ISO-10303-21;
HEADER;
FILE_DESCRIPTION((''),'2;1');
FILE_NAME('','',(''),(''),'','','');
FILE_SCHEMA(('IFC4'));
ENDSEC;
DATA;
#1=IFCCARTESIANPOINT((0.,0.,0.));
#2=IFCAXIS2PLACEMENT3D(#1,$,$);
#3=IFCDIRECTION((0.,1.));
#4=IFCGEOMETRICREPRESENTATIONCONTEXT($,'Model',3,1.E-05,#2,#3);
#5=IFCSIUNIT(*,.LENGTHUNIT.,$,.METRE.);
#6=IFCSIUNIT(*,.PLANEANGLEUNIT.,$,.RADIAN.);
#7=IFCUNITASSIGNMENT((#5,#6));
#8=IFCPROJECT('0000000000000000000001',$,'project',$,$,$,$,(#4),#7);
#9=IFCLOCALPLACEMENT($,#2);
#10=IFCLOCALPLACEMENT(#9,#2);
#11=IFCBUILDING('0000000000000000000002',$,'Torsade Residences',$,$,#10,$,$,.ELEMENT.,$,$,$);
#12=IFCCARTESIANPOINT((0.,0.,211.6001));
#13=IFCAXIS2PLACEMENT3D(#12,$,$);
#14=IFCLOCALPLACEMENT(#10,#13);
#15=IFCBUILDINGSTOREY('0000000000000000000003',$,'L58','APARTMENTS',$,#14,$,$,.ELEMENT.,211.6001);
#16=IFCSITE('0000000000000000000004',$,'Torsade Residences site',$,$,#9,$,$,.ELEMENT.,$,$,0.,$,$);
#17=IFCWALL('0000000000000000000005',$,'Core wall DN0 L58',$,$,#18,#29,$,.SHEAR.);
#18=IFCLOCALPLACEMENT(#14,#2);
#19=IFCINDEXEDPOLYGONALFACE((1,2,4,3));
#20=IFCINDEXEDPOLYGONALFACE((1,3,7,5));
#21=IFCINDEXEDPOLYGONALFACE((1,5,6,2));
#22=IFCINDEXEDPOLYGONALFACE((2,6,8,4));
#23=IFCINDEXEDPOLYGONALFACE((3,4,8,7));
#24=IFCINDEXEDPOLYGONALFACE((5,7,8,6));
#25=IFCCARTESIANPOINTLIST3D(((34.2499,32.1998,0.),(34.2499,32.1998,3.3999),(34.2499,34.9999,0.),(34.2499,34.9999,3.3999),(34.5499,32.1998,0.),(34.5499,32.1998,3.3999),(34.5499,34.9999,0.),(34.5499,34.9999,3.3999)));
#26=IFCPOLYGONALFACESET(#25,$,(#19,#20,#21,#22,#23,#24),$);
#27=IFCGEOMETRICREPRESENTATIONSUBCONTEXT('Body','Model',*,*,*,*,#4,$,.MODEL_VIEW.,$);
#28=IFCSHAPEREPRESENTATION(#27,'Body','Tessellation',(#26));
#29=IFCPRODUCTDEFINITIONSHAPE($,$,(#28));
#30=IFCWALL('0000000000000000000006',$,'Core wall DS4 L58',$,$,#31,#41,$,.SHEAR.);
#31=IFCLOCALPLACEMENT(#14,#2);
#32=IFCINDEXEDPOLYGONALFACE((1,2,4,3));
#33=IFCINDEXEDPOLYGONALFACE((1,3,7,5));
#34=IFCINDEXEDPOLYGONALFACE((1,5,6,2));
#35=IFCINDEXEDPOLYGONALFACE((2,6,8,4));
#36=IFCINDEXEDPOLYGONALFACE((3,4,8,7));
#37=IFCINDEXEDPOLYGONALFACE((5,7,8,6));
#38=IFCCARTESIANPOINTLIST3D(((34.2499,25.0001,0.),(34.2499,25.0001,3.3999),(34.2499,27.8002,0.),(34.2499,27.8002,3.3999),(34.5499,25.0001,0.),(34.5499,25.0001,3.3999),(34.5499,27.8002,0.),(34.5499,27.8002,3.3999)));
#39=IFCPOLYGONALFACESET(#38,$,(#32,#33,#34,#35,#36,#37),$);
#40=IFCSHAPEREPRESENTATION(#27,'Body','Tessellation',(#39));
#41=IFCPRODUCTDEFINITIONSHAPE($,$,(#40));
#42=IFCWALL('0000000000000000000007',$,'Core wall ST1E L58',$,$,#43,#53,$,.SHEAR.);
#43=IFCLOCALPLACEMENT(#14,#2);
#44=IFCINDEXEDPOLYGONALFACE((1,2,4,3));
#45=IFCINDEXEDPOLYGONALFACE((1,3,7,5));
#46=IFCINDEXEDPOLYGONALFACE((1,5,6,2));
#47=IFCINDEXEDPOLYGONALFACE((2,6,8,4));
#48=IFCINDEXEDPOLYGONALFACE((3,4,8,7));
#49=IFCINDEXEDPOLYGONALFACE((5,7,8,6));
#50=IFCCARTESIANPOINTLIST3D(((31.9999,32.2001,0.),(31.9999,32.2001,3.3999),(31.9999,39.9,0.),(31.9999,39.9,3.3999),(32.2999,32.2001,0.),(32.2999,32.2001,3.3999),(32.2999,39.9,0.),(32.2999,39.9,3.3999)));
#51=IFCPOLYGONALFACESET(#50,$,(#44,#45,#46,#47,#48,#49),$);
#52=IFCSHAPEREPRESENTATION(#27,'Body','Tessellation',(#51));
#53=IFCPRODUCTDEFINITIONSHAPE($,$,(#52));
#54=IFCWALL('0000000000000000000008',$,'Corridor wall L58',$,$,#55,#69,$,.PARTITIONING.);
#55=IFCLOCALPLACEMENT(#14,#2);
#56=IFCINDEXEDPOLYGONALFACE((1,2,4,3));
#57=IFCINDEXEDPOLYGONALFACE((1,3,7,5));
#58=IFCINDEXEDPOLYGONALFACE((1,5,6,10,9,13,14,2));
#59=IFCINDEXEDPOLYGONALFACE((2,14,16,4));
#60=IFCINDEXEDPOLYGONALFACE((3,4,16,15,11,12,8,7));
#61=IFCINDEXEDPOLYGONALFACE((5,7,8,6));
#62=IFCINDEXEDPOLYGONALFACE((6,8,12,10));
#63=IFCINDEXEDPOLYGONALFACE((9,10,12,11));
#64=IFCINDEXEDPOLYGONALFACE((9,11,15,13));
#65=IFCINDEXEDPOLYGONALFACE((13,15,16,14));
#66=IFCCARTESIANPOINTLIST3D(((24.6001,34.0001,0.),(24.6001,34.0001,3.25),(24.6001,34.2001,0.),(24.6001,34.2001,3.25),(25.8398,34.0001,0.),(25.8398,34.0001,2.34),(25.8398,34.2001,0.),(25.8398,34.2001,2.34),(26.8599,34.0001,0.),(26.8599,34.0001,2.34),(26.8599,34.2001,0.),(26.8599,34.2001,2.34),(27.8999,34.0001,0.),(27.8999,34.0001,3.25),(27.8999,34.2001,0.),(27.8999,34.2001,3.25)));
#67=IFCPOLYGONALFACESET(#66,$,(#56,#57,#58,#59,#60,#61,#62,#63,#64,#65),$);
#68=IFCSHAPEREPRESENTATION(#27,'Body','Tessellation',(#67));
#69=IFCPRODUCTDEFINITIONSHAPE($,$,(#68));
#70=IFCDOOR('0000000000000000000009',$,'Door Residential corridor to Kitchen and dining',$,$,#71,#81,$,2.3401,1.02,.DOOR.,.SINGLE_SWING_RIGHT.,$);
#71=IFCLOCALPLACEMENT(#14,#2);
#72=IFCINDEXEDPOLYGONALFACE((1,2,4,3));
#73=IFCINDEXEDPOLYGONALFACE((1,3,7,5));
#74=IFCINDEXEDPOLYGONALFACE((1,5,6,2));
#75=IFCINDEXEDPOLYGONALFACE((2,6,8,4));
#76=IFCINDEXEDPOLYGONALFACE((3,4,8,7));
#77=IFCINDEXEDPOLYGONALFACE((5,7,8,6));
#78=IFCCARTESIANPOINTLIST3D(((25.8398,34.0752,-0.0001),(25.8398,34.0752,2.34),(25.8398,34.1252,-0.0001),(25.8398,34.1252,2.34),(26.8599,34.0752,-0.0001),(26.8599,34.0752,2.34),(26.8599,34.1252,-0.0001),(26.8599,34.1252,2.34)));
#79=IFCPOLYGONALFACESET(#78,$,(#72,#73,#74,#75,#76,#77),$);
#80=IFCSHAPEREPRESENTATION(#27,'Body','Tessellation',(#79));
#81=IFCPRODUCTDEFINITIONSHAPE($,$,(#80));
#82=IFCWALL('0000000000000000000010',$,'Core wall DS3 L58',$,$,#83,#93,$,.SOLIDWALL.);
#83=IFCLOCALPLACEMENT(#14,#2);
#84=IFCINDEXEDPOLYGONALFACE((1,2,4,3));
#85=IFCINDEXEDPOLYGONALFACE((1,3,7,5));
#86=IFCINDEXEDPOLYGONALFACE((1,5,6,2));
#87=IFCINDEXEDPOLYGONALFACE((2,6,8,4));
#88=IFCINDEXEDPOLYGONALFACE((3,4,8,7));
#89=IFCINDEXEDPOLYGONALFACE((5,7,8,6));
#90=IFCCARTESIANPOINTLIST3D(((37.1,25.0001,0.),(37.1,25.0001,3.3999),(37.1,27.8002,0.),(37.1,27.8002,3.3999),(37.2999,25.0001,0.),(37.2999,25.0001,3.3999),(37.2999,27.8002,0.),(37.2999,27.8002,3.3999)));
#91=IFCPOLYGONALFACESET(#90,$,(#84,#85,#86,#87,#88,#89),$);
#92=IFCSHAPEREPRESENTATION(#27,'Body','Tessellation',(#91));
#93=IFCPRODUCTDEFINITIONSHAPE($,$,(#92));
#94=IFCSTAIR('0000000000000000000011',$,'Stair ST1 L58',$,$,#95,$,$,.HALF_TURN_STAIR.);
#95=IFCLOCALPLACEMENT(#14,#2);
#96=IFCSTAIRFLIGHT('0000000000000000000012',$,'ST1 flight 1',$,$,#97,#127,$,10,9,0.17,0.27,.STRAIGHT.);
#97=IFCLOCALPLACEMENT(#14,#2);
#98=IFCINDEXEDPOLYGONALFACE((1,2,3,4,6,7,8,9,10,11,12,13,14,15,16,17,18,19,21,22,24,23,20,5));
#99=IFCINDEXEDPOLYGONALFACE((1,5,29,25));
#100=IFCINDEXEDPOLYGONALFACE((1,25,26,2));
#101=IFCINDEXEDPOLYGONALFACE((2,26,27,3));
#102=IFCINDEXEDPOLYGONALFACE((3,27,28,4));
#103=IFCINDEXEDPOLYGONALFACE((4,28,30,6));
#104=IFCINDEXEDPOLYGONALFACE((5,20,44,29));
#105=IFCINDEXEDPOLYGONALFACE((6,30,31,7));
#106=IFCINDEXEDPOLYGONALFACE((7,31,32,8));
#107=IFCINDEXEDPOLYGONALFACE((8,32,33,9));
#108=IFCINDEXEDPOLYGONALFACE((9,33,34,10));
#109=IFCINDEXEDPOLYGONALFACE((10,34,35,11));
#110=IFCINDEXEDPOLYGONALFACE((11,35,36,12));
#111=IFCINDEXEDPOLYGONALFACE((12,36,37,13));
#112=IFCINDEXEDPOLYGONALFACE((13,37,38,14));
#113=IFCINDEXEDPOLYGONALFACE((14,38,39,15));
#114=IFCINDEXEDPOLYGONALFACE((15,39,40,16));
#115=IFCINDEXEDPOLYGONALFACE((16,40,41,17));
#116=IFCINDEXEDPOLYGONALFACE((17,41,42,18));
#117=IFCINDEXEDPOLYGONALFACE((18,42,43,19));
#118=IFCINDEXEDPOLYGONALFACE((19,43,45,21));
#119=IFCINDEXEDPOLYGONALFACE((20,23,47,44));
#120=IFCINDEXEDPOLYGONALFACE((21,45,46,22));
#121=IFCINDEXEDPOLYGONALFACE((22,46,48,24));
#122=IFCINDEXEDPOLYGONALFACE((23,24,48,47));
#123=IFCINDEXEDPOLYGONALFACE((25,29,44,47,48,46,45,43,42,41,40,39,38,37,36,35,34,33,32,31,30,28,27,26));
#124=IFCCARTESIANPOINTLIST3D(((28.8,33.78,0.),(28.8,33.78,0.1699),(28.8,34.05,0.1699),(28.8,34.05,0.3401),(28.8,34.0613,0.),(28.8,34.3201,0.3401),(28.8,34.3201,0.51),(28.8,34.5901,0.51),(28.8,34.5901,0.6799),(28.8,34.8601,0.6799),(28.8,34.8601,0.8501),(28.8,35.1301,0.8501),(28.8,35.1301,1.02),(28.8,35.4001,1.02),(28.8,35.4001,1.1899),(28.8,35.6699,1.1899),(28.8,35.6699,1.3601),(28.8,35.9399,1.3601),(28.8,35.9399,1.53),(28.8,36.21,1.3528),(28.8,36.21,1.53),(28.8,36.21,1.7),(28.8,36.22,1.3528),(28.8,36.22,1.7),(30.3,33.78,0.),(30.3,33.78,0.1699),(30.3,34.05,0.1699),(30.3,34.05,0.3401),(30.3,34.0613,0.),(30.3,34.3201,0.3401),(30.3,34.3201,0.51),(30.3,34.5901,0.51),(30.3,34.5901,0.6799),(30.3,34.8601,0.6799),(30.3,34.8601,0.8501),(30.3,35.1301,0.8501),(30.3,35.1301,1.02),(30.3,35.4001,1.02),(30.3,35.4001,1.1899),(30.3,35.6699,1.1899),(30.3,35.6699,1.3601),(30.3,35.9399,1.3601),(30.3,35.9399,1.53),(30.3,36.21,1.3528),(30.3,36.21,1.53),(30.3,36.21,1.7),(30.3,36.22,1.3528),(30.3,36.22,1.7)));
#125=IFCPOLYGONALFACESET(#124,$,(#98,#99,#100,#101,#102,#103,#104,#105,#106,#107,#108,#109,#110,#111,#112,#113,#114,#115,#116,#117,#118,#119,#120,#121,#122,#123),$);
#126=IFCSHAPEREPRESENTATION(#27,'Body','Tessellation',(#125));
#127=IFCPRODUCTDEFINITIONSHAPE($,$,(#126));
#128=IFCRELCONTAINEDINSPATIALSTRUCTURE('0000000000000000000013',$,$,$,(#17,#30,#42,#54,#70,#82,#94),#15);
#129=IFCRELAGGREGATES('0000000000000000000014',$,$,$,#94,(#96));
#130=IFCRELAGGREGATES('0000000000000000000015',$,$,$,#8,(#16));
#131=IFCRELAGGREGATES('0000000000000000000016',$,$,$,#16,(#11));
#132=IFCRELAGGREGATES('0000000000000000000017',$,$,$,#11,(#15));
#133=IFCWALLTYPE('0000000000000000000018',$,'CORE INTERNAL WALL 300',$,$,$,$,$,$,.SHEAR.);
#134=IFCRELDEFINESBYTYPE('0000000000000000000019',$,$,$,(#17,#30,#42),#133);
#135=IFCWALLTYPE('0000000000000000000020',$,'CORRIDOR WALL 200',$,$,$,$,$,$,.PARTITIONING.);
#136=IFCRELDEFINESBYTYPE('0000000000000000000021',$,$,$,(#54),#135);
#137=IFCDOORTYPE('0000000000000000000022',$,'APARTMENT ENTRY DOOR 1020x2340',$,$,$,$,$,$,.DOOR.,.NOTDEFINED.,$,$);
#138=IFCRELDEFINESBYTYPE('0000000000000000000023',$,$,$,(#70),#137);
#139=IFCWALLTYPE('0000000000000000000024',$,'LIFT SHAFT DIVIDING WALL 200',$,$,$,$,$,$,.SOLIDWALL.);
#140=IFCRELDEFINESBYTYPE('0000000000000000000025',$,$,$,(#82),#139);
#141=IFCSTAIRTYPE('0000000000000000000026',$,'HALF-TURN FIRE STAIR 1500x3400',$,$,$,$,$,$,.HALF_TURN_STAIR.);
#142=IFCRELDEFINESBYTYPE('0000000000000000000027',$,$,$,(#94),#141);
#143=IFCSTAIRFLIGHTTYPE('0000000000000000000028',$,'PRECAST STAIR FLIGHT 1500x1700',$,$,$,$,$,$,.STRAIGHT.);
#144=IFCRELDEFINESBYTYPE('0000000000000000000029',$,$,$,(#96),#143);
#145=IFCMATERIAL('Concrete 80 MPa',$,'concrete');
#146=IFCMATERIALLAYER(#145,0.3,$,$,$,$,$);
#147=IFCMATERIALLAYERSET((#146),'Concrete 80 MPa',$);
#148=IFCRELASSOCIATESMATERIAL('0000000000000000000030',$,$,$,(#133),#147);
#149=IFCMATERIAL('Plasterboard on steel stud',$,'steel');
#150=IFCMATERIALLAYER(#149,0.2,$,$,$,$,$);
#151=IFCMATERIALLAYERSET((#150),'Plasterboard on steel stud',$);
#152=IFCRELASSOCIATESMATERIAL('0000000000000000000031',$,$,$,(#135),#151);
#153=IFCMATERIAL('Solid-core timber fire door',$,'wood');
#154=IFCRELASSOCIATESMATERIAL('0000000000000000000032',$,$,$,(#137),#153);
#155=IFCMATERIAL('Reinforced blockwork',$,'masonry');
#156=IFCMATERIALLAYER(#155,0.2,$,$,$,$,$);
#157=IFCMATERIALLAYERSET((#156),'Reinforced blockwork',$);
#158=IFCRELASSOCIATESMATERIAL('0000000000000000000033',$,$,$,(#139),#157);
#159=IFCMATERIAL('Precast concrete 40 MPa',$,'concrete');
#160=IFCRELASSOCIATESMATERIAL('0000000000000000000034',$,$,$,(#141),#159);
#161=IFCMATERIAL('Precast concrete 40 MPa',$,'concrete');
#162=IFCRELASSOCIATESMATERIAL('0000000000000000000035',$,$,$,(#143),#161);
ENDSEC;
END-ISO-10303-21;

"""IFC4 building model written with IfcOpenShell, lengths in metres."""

from ifc_helpers import new_model, si_unit, direction, frame, frame_2d, origin, place, context, subcontext, project, spatial, polyline, rectangle, outline, extrude, material, layer, layer_set, type_object, element, fill, aggregate, save


model = new_model("IFC4")

# Units and contexts
model_context = context("Model", 3, precision=1e-05, world=origin(), true_north=direction((0.0, 1.0)))
body_context = subcontext(model_context, "Body", "Model", "MODEL_VIEW")
ifc_project = project(units=[si_unit("LENGTHUNIT", "METRE"), si_unit("PLANEANGLEUNIT", "RADIAN")], contexts=[model_context])

# Site, building, storey
site_placement = place(None, origin())
site = spatial("IfcSite", under=ifc_project, at=site_placement, Name="Torsade Residences site", CompositionType="ELEMENT", RefElevation=0.0)
building_placement = place(site_placement, origin())
building = spatial("IfcBuilding", under=site, at=building_placement, Name="Torsade Residences", CompositionType="ELEMENT")
storey_placement = place(building_placement, frame((0.0, 0.0, 211.6001)))
storey = spatial("IfcBuildingStorey", under=building, at=storey_placement, Name="L58", Description="APARTMENTS", CompositionType="ELEMENT", Elevation=211.6001)

# Shared definitions
ifc_material_1 = material(Name="Concrete 80 MPa", Category="concrete")
ifc_layer_1 = layer(ifc_material_1, 0.3)
ifc_layer_set_1 = layer_set([ifc_layer_1], Name="Concrete 80 MPa")
wall_type_1 = type_object("IfcWallType", Name="CORE INTERNAL WALL 300", PredefinedType="SHEAR", material=ifc_layer_set_1)

# Walls
for number, where, z_axis, x_axis, name in (
    (1, (34.3999, 32.2, 0.0), (0.0, 0.0, 1.0), (0.0, 1.0, 0.0), "Core wall DN0 L58"),
    (2, (34.3999, 27.8, 0.0), (0.0, 0.0, 1.0), (0.0, -1.0, 0.0), "Core wall DS4 L58"),
):
    element("IfcWall", number, at=place(storey_placement, frame(where, z_axis=z_axis, x_axis=x_axis)), inside=storey, type_object=wall_type_1, Name=name, PredefinedType="SHEAR", context=body_context, shape_type="SweptSolid", body=[
        extrude(rectangle(XDim=2.8, YDim=0.3, at=frame_2d((1.3999, 0.0))), origin(), (0.0, 0.0, 1.0), 3.3999),
    ])
wall_1_placement = place(storey_placement, frame((32.1499, 32.2, 0.0), z_axis=(0.0, 0.0, 1.0), x_axis=(0.0, 1.0, 0.0)))
element("IfcWall", 3, at=wall_1_placement, inside=storey, type_object=wall_type_1, Name="Core wall ST1E L58", PredefinedType="SHEAR", context=body_context, shape_type="SweptSolid", body=[
    extrude(rectangle(XDim=7.7, YDim=0.3, at=frame_2d((3.8501, 0.0))), origin(), (0.0, 0.0, 1.0), 3.3999),
])

# Wall, opening, door
ifc_material_2 = material(Name="Plasterboard on steel stud", Category="steel")
ifc_layer_2 = layer(ifc_material_2, 0.2)
ifc_layer_set_2 = layer_set([ifc_layer_2], Name="Plasterboard on steel stud")
wall_type_2 = type_object("IfcWallType", Name="CORRIDOR WALL 200", PredefinedType="PARTITIONING", material=ifc_layer_set_2)
wall_2_placement = place(storey_placement, frame((27.8999, 34.1001, 0.0), z_axis=(0.0, 0.0, 1.0), x_axis=(-1.0, 0.0, 0.0)))
wall_2 = element("IfcWall", 4, at=wall_2_placement, inside=storey, type_object=wall_type_2, Name="Corridor wall L58", PredefinedType="PARTITIONING", context=body_context, shape_type="SweptSolid", body=[
    extrude(rectangle(XDim=3.2998, YDim=0.2, at=frame_2d((1.6499, 0.0))), origin(), (0.0, 0.0, 1.0), 3.25),
])
opening_1_placement = place(wall_2_placement, frame((1.04, 0.0, 0.0)))
opening_1 = element("IfcOpeningElement", 5, at=opening_1_placement, cuts=wall_2, PredefinedType="OPENING", context=body_context, shape_type="SweptSolid", body=[
    extrude(rectangle(XDim=1.02, YDim=2.3401, at=frame_2d((0.51, 1.1699))), frame((0.0, 0.1099, 0.0), z_axis=(0.0, -1.0, 0.0), x_axis=(1.0, 0.0, 0.0)), (0.0, 0.0, 1.0), 0.22),
])
ifc_material_3 = material(Name="Solid-core timber fire door", Category="wood")
door_type_1 = type_object("IfcDoorType", Name="APARTMENT ENTRY DOOR 1020x2340", OperationType="NOTDEFINED", PredefinedType="DOOR", material=ifc_material_3)
door_1_placement = place(opening_1_placement, origin())
door_1 = element("IfcDoor", 6, at=door_1_placement, inside=storey, type_object=door_type_1, Name="Door Residential corridor to Kitchen and dining", OperationType="SINGLE_SWING_RIGHT", OverallHeight=2.3401, OverallWidth=1.02, PredefinedType="DOOR", context=body_context, shape_type="SweptSolid", body=[
    extrude(rectangle(XDim=1.02, YDim=2.3401, at=frame_2d((0.51, 1.1699))), frame((0.0, 0.0249, 0.0), z_axis=(0.0, -1.0, 0.0), x_axis=(1.0, 0.0, 0.0)), (0.0, 0.0, 1.0), 0.05),
])
fill(opening_1, door_1)

# Wall
ifc_material_4 = material(Name="Reinforced blockwork", Category="masonry")
ifc_layer_3 = layer(ifc_material_4, 0.2)
ifc_layer_set_3 = layer_set([ifc_layer_3], Name="Reinforced blockwork")
wall_type_3 = type_object("IfcWallType", Name="LIFT SHAFT DIVIDING WALL 200", PredefinedType="SOLIDWALL", material=ifc_layer_set_3)
wall_3_placement = place(storey_placement, frame((37.2, 27.8, 0.0), z_axis=(0.0, 0.0, 1.0), x_axis=(0.0, -1.0, 0.0)))
element("IfcWall", 7, at=wall_3_placement, inside=storey, type_object=wall_type_3, Name="Core wall DS3 L58", PredefinedType="SOLIDWALL", context=body_context, shape_type="SweptSolid", body=[
    extrude(rectangle(XDim=2.8, YDim=0.2, at=frame_2d((1.3999, 0.0))), origin(), (0.0, 0.0, 1.0), 3.3999),
])

# Stair, stair flight
ifc_material_5 = material(Name="Precast concrete 40 MPa", Category="concrete")
stair_type = type_object("IfcStairType", Name="HALF-TURN FIRE STAIR 1500x3400", PredefinedType="HALF_TURN_STAIR", material=ifc_material_5)
stair_placement = place(storey_placement, origin())
stair = element("IfcStair", 8, at=stair_placement, inside=storey, type_object=stair_type, Name="Stair ST1 L58", PredefinedType="HALF_TURN_STAIR")
ifc_material_6 = material(Name="Precast concrete 40 MPa", Category="concrete")
stair_flight_type = type_object("IfcStairFlightType", Name="PRECAST STAIR FLIGHT 1500x1700", PredefinedType="STRAIGHT", material=ifc_material_6)
stair_flight_placement = place(storey_placement, frame((29.55, 33.78, 0.0), z_axis=(0.0, 0.0, 1.0), x_axis=(0.0, 1.0, 0.0)))
stair_flight = element("IfcStairFlight", 9, at=stair_flight_placement, type_object=stair_flight_type, Name="ST1 flight 1", NumberOfRisers=10, NumberOfTreads=9, PredefinedType="STRAIGHT", RiserHeight=0.17, TreadLength=0.27, context=body_context, shape_type="SweptSolid", body=[
    extrude(outline(polyline([(0.0, 0.0), (0.0, 0.1699), (0.27, 0.1699), (0.27, 0.3401), (0.54, 0.3401), (0.54, 0.51), (0.8101, 0.51), (0.8101, 0.6799), (1.0801, 0.6799), (1.0801, 0.8501), (1.3501, 0.8501), (1.3501, 1.02), (1.6201, 1.02), (1.6201, 1.1899), (1.8899, 1.1899), (1.8899, 1.3601), (2.1599, 1.3601), (2.1599, 1.53), (2.4299, 1.53), (2.4299, 1.7), (2.4399, 1.7), (2.4399, 1.3528), (2.4299, 1.3528), (0.2812, 0.0), (0.0, 0.0)])), frame((0.0, 0.75, 0.0), z_axis=(0.0, -1.0, 0.0), x_axis=(1.0, 0.0, 0.0)), (0.0, 0.0, 1.0), 1.5),
])
aggregate(stair, [stair_flight])

save(model, "model.ifc")
